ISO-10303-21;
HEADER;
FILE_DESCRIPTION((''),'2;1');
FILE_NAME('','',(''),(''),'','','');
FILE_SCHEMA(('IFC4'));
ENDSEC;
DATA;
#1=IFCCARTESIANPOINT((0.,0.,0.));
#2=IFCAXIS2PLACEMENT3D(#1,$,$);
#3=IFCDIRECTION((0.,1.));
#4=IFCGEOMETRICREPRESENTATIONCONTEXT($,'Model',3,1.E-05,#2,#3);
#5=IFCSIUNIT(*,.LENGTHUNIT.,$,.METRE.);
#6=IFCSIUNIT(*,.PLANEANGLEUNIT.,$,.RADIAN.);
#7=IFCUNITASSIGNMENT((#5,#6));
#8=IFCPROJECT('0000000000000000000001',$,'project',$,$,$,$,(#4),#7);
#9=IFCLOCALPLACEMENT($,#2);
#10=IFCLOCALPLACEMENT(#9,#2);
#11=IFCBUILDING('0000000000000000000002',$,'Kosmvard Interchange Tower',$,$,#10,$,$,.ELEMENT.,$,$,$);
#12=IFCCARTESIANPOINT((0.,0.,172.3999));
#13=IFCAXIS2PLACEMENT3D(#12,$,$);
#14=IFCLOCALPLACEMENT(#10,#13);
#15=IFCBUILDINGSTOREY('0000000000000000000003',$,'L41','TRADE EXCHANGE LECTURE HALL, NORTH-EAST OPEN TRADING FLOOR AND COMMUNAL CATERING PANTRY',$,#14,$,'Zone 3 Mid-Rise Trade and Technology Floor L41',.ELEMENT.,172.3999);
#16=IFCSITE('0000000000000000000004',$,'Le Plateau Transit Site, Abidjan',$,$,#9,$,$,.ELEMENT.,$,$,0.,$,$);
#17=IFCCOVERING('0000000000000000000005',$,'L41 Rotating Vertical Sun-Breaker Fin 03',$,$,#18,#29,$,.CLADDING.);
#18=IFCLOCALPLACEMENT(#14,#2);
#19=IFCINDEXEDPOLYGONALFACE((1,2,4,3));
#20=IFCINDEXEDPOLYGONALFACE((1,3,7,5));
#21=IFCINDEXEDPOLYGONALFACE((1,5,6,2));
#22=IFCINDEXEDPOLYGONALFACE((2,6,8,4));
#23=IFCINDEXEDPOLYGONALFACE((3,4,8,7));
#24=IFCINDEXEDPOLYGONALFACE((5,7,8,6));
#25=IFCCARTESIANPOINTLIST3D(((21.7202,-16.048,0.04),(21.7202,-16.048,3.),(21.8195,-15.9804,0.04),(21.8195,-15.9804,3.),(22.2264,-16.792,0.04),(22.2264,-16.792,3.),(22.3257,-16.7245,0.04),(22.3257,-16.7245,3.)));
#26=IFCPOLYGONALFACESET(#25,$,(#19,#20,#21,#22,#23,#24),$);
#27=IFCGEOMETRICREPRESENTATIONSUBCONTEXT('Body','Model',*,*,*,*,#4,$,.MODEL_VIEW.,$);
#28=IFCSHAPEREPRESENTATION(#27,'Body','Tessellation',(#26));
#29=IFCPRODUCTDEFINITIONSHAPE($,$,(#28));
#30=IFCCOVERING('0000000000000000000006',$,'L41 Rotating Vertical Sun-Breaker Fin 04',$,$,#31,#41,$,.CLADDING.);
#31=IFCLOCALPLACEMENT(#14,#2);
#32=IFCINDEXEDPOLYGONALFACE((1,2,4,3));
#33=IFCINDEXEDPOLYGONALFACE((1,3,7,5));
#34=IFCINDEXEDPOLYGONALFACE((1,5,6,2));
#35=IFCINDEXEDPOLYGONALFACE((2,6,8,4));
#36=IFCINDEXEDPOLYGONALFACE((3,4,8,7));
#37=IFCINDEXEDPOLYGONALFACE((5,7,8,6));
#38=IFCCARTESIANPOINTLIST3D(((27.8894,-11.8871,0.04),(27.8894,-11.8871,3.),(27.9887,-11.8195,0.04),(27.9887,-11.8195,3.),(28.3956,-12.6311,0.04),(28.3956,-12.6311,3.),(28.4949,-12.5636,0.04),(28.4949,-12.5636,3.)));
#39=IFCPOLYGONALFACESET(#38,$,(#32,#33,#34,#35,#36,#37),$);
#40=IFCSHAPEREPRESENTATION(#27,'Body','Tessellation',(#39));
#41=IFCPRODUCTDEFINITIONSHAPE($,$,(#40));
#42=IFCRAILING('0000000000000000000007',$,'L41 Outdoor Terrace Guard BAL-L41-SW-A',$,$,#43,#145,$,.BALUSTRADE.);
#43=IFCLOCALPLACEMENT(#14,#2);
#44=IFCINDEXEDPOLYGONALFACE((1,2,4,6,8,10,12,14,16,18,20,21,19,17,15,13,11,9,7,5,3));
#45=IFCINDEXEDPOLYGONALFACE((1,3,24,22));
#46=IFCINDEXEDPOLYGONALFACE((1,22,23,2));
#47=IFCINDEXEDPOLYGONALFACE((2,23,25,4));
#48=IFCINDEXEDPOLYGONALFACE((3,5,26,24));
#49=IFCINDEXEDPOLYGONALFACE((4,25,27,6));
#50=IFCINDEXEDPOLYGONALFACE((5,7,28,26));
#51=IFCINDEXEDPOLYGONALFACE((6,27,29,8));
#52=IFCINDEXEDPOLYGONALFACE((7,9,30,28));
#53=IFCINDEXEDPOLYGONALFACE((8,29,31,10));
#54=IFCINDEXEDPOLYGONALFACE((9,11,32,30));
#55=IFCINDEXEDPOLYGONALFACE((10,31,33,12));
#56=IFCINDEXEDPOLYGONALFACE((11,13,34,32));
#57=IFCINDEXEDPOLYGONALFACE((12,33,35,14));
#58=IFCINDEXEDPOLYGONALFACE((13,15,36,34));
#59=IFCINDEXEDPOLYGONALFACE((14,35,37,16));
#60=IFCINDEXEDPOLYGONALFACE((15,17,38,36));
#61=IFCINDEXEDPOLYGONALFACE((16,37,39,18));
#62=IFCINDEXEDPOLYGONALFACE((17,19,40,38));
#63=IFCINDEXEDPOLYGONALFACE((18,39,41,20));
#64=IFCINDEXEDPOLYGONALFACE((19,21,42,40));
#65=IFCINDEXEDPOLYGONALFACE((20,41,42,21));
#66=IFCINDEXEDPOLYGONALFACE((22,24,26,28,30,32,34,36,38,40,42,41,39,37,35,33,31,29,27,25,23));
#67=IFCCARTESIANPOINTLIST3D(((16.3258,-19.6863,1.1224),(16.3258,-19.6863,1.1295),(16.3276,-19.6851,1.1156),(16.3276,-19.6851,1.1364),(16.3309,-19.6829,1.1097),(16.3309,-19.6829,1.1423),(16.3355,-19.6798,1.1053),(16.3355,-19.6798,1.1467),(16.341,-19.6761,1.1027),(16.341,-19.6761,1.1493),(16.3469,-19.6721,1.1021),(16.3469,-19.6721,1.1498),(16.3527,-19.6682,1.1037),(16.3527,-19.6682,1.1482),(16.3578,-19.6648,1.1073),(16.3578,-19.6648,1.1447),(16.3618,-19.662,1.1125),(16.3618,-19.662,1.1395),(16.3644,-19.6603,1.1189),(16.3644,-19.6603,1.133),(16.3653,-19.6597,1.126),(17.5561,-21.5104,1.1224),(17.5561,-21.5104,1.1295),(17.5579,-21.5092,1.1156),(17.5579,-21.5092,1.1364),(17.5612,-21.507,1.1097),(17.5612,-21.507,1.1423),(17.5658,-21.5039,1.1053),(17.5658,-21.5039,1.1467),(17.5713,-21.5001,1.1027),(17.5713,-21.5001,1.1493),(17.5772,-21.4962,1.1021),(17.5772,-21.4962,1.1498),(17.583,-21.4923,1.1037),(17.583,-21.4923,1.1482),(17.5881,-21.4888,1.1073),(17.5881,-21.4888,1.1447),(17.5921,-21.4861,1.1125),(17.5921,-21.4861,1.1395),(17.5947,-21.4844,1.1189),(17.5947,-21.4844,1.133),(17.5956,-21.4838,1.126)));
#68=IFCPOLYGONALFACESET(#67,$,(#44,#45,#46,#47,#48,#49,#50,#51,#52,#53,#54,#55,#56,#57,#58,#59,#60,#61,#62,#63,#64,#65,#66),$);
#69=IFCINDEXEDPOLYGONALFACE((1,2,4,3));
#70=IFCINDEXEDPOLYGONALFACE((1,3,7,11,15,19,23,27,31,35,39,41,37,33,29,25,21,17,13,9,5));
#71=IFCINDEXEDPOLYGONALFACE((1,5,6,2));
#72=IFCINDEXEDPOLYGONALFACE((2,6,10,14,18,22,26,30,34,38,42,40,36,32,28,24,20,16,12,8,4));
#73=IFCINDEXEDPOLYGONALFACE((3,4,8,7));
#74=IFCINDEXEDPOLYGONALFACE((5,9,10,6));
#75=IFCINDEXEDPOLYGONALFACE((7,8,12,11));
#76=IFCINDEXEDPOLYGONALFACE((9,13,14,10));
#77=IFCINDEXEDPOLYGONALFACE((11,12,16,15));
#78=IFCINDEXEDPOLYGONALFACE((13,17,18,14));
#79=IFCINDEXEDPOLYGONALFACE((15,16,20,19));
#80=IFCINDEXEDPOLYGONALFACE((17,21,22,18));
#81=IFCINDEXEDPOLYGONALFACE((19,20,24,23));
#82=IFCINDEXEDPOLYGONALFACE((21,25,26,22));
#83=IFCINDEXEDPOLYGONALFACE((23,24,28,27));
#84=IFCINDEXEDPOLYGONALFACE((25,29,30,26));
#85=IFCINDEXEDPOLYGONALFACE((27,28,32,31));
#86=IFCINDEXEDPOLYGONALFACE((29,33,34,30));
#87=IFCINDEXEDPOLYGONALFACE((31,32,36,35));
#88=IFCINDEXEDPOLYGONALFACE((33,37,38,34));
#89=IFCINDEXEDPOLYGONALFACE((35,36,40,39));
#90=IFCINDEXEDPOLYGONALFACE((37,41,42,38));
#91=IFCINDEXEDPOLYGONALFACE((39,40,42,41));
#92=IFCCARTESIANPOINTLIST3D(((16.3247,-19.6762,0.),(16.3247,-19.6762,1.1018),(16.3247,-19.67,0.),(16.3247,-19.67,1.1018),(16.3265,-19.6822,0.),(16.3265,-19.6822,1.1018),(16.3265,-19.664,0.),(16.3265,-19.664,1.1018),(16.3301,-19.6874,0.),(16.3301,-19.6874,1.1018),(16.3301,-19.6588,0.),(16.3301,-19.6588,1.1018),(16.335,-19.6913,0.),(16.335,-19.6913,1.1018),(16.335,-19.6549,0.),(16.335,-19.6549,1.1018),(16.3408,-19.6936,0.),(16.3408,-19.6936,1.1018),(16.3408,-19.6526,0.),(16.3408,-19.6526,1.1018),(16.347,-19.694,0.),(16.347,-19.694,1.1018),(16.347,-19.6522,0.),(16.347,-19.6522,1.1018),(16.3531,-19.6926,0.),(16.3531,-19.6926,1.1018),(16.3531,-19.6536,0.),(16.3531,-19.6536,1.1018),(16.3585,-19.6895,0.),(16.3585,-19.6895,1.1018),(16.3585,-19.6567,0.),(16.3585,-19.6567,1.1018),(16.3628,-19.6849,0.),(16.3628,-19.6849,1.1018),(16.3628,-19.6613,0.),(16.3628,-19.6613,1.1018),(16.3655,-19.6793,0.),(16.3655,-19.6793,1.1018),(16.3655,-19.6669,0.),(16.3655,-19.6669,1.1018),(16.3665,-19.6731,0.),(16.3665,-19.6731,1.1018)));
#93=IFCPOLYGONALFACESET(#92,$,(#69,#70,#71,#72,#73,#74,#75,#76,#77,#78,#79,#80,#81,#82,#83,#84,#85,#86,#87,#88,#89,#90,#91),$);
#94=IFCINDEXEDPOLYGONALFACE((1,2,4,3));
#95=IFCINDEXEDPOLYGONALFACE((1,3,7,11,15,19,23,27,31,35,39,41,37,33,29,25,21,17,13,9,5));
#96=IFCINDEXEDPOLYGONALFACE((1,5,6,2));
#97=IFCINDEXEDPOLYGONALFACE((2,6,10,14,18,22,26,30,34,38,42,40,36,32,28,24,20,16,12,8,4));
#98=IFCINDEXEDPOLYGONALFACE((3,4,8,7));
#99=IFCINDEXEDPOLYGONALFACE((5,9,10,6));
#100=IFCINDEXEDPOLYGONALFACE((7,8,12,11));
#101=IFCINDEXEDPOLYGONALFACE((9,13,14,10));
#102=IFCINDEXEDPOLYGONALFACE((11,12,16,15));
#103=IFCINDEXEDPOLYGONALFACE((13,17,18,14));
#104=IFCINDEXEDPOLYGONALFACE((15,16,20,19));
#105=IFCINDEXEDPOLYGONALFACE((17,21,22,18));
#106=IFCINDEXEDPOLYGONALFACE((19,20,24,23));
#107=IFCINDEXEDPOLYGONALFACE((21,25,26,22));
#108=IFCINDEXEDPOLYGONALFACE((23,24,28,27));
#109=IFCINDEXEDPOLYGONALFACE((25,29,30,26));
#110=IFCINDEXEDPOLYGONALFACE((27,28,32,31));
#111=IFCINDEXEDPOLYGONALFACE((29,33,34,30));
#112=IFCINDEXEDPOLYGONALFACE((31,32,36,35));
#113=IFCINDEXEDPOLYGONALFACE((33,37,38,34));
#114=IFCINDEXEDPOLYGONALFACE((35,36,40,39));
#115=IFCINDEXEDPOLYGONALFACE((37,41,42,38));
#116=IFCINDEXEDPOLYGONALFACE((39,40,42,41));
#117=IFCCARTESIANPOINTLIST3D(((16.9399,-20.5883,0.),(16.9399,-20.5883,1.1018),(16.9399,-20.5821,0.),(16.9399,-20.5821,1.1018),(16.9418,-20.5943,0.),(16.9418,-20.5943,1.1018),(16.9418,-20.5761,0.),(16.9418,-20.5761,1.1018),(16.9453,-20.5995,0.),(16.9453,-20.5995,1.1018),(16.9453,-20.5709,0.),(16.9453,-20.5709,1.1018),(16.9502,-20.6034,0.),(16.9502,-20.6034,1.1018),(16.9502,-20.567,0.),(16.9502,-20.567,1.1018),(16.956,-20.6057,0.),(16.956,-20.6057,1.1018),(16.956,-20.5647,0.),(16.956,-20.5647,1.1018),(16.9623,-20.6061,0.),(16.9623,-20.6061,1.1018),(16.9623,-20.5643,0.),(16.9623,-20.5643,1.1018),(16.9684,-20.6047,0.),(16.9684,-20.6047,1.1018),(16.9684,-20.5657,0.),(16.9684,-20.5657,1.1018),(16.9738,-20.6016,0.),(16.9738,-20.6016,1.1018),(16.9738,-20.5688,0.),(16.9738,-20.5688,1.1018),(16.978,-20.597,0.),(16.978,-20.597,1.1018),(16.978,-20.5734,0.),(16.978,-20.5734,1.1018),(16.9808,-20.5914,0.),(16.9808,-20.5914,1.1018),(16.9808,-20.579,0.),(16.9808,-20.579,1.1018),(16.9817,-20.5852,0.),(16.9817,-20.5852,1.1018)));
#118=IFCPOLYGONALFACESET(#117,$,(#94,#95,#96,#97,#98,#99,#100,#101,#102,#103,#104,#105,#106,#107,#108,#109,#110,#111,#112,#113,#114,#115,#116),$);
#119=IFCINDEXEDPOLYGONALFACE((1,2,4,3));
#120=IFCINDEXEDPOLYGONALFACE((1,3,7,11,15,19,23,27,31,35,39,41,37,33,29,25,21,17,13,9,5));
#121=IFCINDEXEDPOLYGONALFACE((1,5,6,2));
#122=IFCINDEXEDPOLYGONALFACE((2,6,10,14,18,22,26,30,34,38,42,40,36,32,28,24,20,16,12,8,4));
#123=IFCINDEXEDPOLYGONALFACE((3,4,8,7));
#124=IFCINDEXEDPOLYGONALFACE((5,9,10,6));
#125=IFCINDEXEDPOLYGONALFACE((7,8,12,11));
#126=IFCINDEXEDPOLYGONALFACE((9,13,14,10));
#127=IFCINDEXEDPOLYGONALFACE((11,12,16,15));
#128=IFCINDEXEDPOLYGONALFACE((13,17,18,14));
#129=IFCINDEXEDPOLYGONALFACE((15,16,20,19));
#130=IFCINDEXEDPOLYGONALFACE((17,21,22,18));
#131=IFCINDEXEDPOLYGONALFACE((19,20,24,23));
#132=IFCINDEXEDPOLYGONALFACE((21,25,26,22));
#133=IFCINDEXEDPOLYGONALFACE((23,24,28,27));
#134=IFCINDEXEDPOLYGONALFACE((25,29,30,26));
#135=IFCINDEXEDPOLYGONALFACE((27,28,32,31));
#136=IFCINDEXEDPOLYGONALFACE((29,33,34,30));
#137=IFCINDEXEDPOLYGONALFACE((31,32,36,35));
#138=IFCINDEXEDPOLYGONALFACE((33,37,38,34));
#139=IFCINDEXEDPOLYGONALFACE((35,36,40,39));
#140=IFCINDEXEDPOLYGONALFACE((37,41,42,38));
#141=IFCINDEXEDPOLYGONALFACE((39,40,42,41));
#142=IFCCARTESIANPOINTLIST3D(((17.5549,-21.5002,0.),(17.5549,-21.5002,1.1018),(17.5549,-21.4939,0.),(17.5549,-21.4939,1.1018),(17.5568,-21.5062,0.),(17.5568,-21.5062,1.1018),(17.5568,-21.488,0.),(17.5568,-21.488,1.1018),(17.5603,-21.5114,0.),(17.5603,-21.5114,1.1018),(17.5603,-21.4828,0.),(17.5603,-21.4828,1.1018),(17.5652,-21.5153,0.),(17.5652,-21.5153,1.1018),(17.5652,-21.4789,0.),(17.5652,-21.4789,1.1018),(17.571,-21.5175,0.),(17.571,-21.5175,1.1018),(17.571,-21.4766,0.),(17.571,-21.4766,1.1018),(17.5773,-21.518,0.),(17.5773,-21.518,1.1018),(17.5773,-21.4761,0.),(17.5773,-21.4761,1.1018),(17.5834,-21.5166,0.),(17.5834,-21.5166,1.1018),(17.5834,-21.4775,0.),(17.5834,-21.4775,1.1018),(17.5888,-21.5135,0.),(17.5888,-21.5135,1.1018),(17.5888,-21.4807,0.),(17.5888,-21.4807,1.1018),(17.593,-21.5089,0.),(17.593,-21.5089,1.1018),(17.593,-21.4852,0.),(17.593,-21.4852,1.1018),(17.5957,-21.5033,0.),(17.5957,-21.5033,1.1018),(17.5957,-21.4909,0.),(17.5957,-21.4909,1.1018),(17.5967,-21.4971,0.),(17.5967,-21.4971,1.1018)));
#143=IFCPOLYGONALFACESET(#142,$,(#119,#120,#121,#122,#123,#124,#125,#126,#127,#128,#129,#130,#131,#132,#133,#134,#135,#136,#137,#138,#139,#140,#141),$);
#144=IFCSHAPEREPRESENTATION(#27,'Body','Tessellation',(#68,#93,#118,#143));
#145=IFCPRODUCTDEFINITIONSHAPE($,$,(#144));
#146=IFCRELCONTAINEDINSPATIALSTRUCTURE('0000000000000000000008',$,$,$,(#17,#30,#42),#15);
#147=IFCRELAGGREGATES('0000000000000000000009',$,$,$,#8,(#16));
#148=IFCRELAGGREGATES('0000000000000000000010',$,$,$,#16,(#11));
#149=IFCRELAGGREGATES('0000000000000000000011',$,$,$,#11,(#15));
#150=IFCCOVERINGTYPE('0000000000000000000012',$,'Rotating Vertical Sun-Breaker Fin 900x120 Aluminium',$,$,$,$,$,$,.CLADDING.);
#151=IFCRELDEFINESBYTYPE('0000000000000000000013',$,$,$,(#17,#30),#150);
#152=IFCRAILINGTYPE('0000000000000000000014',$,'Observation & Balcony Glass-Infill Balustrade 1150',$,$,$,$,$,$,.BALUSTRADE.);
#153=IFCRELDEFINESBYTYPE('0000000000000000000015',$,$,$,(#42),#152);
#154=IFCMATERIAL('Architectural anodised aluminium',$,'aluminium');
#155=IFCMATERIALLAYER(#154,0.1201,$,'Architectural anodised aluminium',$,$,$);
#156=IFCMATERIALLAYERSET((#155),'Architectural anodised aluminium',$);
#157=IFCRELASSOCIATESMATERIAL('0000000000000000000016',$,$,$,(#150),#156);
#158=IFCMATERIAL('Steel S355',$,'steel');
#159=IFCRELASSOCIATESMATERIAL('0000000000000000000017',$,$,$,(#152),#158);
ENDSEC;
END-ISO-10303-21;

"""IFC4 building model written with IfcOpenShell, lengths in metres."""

from ifc_helpers import new_model, si_unit, direction, frame, origin, origin_2d, place, context, subcontext, project, spatial, rectangle, circle, extrude, source, transform, mapped, material, layer, layer_set, type_object, element, save


model = new_model("IFC4")

# Units and contexts
model_context = context("Model", 3, precision=1e-05, world=origin(), true_north=direction((0.0, 1.0)))
body_context = subcontext(model_context, "Body", "Model", "MODEL_VIEW")
ifc_project = project(units=[si_unit("LENGTHUNIT", "METRE"), si_unit("PLANEANGLEUNIT", "RADIAN")], contexts=[model_context])

# Site, building, storey
site_placement = place(None, origin())
site = spatial("IfcSite", under=ifc_project, at=site_placement, Name="Le Plateau Transit Site, Abidjan", CompositionType="ELEMENT", RefElevation=0.0)
building_placement = place(site_placement, origin())
building = spatial("IfcBuilding", under=site, at=building_placement, Name="Kosmvard Interchange Tower", CompositionType="ELEMENT")
storey_placement = place(building_placement, frame((0.0, 0.0, 172.3999)))
storey = spatial("IfcBuildingStorey", under=building, at=storey_placement, Name="L41", Description="TRADE EXCHANGE LECTURE HALL, NORTH-EAST OPEN TRADING FLOOR AND COMMUNAL CATERING PANTRY", LongName="Zone 3 Mid-Rise Trade and Technology Floor L41", CompositionType="ELEMENT", Elevation=172.3999)

# Shared definitions
ifc_material_1 = material(Name="Steel S355", Category="steel")

# Coverings
ifc_material_2 = material(Name="Architectural anodised aluminium", Category="aluminium")
ifc_layer_1 = layer(ifc_material_2, 0.1201, Name="Architectural anodised aluminium")
ifc_layer_set_1 = layer_set([ifc_layer_1], Name="Architectural anodised aluminium")
covering_type = type_object("IfcCoveringType", Name="Rotating Vertical Sun-Breaker Fin 900x120 Aluminium", PredefinedType="CLADDING", material=ifc_layer_set_1)
shared_shape_1 = source(origin(), body_context, "Body", "SweptSolid", [
    extrude(rectangle(XDim=0.8999, YDim=0.1201, at=origin_2d()), origin(), (0.0, 0.0, 1.0), 2.96),
])
for number, where, z_axis, x_axis, name in (
    (1, (22.0229, -16.3862, 0.04), (0.0, 0.0, 1.0), (0.562516, -0.826786, 0.0), "L41 Rotating Vertical Sun-Breaker Fin 03"),
    (2, (28.1921, -12.2253, 0.04), (0.0, 0.0, 1.0), (0.562516, -0.826786, 0.0), "L41 Rotating Vertical Sun-Breaker Fin 04"),
):
    element("IfcCovering", number, at=place(storey_placement, frame(where, z_axis=z_axis, x_axis=x_axis)), inside=storey, type_object=covering_type, Name=name, PredefinedType="CLADDING", context=body_context, shape_type="MappedRepresentation", body=[
        mapped(shared_shape_1, transform((0.0, 0.0, 0.0), scale=1.0)),
    ])

# Railing
railing_type = type_object("IfcRailingType", Name="Observation & Balcony Glass-Infill Balustrade 1150", PredefinedType="BALUSTRADE", material=ifc_material_1)
shared_shape_2 = source(origin(), body_context, "Body", "SweptSolid", [
    extrude(circle(Radius=0.0239, at=origin_2d()), frame((0.0, 0.0, 1.126), z_axis=(0.559174, -0.829051, 0.0), x_axis=(0.829051, 0.559174, 0.0)), (0.0, 0.0, 1.0), 2.2002),
    extrude(circle(Radius=0.021, at=origin_2d()), origin(), (0.0, 0.0, 1.0), 1.1018),
    extrude(circle(Radius=0.021, at=origin_2d()), frame((0.6152, -0.9121, 0.0)), (0.0, 0.0, 1.0), 1.1018),
    extrude(circle(Radius=0.021, at=origin_2d()), frame((1.2302, -1.824, 0.0)), (0.0, 0.0, 1.0), 1.1018),
])
railing_1_placement = place(storey_placement, frame((16.3455, -19.6731, 0.0)))
element("IfcRailing", 3, at=railing_1_placement, inside=storey, type_object=railing_type, Name="L41 Outdoor Terrace Guard BAL-L41-SW-A", PredefinedType="BALUSTRADE", context=body_context, shape_type="MappedRepresentation", body=[
    mapped(shared_shape_2, transform((0.0, 0.0, 0.0), scale=1.0)),
])

save(model, "model.ifc")
